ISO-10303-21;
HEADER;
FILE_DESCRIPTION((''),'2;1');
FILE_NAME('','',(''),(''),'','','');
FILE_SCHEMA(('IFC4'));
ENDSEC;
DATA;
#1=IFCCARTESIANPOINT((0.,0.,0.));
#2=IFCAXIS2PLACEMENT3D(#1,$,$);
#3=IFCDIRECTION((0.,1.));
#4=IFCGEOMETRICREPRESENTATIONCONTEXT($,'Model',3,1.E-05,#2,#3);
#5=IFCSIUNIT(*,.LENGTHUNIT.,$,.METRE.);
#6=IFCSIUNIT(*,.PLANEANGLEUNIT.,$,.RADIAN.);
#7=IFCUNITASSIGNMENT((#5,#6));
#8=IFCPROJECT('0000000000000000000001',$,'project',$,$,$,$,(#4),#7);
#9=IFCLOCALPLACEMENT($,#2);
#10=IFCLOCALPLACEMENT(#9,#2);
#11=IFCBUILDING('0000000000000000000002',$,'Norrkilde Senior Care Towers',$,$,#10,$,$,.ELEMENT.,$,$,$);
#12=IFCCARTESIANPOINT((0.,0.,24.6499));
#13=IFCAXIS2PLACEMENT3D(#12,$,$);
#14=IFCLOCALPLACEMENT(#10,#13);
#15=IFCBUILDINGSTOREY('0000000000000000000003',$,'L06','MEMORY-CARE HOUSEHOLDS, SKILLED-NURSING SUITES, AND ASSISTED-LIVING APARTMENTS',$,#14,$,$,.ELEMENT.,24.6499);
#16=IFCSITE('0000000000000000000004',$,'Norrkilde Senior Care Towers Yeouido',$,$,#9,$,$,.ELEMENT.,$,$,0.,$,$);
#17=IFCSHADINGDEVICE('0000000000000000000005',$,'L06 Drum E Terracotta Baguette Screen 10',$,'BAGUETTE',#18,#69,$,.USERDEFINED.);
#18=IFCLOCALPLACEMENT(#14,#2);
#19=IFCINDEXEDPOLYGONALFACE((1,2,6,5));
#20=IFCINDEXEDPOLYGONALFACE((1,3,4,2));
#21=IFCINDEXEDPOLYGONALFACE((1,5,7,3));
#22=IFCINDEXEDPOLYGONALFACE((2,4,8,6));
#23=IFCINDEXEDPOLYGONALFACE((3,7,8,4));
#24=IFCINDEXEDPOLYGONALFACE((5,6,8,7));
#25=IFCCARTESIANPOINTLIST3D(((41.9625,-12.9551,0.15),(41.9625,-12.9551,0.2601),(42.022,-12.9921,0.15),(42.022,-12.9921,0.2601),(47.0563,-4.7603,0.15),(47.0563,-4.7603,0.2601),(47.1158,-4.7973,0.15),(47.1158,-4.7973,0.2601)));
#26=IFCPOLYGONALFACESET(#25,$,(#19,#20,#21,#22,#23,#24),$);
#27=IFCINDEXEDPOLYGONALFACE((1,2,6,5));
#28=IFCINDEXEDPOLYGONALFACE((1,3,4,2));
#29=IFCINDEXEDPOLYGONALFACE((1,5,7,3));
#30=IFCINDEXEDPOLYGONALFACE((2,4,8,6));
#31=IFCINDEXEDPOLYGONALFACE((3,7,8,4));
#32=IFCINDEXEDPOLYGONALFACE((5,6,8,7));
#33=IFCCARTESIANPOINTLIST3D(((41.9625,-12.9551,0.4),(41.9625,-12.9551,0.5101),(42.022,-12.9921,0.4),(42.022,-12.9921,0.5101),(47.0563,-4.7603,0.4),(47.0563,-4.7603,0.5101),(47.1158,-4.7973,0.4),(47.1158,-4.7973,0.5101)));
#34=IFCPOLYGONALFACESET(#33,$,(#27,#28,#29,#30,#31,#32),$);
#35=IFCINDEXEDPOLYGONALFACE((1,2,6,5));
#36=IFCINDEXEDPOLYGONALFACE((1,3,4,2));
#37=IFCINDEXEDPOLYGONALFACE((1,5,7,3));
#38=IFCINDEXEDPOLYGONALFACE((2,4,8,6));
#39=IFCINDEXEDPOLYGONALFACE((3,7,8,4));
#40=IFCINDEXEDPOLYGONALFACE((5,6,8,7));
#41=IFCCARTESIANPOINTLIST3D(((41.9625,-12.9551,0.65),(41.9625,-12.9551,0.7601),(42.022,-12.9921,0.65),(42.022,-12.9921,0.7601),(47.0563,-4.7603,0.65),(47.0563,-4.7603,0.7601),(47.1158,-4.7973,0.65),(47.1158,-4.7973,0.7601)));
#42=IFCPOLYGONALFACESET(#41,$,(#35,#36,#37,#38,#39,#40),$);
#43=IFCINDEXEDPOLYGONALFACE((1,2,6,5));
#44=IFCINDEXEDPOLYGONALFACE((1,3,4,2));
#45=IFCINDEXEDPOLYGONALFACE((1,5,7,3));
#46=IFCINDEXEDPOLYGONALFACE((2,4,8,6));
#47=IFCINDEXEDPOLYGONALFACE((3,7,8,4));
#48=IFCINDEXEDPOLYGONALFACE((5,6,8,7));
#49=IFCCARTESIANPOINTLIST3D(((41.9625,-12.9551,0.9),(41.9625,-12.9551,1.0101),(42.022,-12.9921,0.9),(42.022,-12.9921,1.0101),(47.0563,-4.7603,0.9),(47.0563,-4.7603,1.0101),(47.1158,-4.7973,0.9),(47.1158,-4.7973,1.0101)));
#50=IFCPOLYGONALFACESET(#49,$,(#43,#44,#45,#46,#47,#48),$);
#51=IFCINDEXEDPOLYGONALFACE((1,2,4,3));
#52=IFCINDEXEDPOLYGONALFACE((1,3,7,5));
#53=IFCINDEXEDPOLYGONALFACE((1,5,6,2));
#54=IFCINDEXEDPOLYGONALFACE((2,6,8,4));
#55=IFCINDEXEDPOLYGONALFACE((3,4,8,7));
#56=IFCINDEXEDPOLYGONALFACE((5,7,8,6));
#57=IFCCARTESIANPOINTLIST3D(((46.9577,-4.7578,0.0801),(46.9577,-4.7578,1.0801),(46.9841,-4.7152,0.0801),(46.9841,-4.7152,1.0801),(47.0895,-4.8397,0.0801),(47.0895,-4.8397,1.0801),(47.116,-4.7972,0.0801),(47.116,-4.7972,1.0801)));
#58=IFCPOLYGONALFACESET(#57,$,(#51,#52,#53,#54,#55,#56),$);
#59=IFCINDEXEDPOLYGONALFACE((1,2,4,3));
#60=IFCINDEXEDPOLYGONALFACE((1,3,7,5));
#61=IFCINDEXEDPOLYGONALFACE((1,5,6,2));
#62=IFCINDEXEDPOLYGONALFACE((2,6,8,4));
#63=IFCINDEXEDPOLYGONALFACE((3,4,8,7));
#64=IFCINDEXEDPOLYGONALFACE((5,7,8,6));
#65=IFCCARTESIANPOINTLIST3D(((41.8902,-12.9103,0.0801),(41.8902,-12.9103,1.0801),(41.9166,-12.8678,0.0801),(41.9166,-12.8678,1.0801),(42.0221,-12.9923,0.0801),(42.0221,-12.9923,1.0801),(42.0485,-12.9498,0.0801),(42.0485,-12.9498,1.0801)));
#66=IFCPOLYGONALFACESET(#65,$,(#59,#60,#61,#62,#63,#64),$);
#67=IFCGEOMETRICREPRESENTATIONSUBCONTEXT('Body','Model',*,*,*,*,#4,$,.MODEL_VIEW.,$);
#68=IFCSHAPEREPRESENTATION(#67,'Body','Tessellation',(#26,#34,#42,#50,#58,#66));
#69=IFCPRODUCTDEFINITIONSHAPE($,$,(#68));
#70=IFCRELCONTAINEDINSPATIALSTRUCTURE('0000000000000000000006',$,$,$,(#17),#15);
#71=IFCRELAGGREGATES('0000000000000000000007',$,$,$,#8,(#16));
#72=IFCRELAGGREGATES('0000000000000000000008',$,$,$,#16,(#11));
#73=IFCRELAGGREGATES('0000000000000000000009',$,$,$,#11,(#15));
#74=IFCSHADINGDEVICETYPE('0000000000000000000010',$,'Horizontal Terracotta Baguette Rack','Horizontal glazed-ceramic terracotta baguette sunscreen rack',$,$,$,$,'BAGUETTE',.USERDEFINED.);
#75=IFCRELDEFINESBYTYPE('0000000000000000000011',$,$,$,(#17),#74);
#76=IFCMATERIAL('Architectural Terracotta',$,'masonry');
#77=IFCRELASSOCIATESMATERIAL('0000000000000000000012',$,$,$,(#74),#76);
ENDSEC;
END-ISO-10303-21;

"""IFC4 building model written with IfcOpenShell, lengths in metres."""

from ifc_helpers import new_model, si_unit, direction, frame, origin, origin_2d, place, context, subcontext, project, spatial, rectangle, extrude, source, transform, mapped, material, type_object, type_shapes, element, save


model = new_model("IFC4")

# Units and contexts
model_context = context("Model", 3, precision=1e-05, world=origin(), true_north=direction((0.0, 1.0)))
body_context = subcontext(model_context, "Body", "Model", "MODEL_VIEW")
ifc_project = project(units=[si_unit("LENGTHUNIT", "METRE"), si_unit("PLANEANGLEUNIT", "RADIAN")], contexts=[model_context])

# Site, building, storey
site_placement = place(None, origin())
site = spatial("IfcSite", under=ifc_project, at=site_placement, Name="Norrkilde Senior Care Towers Yeouido", CompositionType="ELEMENT", RefElevation=0.0)
building_placement = place(site_placement, origin())
building = spatial("IfcBuilding", under=site, at=building_placement, Name="Norrkilde Senior Care Towers", CompositionType="ELEMENT")
storey_placement = place(building_placement, frame((0.0, 0.0, 24.6499)))
storey = spatial("IfcBuildingStorey", under=building, at=storey_placement, Name="L06", Description="MEMORY-CARE HOUSEHOLDS, SKILLED-NURSING SUITES, AND ASSISTED-LIVING APARTMENTS", CompositionType="ELEMENT", Elevation=24.6499)

# Shading device
ifc_material_1 = material(Name="Architectural Terracotta", Category="masonry")
shading_device_type = type_object("IfcShadingDeviceType", Name="Horizontal Terracotta Baguette Rack", Description="Horizontal glazed-ceramic terracotta baguette sunscreen rack", ElementType="BAGUETTE", PredefinedType="USERDEFINED", material=ifc_material_1)
shared_shape_1 = source(origin(), body_context, "Body", "SweptSolid", [
    extrude(rectangle(XDim=0.0701, YDim=0.1101, at=origin_2d()), frame((0.0, 0.0901, 0.125), z_axis=(1.0, 0.0, 0.0), x_axis=(0.0, 1.0, 0.0)), (0.0, 0.0, 1.0), 9.6489),
    extrude(rectangle(XDim=0.0701, YDim=0.1101, at=origin_2d()), frame((0.0, 0.0901, 0.375), z_axis=(1.0, 0.0, 0.0), x_axis=(0.0, 1.0, 0.0)), (0.0, 0.0, 1.0), 9.6489),
    extrude(rectangle(XDim=0.0701, YDim=0.1101, at=origin_2d()), frame((0.0, 0.0901, 0.625), z_axis=(1.0, 0.0, 0.0), x_axis=(0.0, 1.0, 0.0)), (0.0, 0.0, 1.0), 9.6489),
    extrude(rectangle(XDim=0.0701, YDim=0.1101, at=origin_2d()), frame((0.0, 0.0901, 0.875), z_axis=(1.0, 0.0, 0.0), x_axis=(0.0, 1.0, 0.0)), (0.0, 0.0, 1.0), 9.6489),
    extrude(rectangle(XDim=0.05, YDim=0.1553, at=origin_2d()), frame((0.0249, 0.0476, 0.0)), (0.0, 0.0, 1.0), 1.0),
    extrude(rectangle(XDim=0.05, YDim=0.1553, at=origin_2d()), frame((9.624, 0.0476, 0.0)), (0.0, 0.0, 1.0), 1.0),
])
type_shapes(shading_device_type, [shared_shape_1])
shading_device_placement = place(storey_placement, frame((47.0095, -4.7312, 0.0801), z_axis=(0.0, 0.0, 1.0), x_axis=(-0.527909, -0.849299, 0.0)))
element("IfcShadingDevice", 1, at=shading_device_placement, inside=storey, type_object=shading_device_type, Name="L06 Drum E Terracotta Baguette Screen 10", ObjectType="BAGUETTE", PredefinedType="USERDEFINED", context=body_context, shape_type="MappedRepresentation", body=[
    mapped(shared_shape_1, transform((0.0, 0.0, 0.0), x_axis=(1.0, 0.0, 0.0), y_axis=(0.0, 1.0, 0.0), z_axis=(0.0, 0.0, 1.0), scale=1.0)),
])

save(model, "model.ifc")
